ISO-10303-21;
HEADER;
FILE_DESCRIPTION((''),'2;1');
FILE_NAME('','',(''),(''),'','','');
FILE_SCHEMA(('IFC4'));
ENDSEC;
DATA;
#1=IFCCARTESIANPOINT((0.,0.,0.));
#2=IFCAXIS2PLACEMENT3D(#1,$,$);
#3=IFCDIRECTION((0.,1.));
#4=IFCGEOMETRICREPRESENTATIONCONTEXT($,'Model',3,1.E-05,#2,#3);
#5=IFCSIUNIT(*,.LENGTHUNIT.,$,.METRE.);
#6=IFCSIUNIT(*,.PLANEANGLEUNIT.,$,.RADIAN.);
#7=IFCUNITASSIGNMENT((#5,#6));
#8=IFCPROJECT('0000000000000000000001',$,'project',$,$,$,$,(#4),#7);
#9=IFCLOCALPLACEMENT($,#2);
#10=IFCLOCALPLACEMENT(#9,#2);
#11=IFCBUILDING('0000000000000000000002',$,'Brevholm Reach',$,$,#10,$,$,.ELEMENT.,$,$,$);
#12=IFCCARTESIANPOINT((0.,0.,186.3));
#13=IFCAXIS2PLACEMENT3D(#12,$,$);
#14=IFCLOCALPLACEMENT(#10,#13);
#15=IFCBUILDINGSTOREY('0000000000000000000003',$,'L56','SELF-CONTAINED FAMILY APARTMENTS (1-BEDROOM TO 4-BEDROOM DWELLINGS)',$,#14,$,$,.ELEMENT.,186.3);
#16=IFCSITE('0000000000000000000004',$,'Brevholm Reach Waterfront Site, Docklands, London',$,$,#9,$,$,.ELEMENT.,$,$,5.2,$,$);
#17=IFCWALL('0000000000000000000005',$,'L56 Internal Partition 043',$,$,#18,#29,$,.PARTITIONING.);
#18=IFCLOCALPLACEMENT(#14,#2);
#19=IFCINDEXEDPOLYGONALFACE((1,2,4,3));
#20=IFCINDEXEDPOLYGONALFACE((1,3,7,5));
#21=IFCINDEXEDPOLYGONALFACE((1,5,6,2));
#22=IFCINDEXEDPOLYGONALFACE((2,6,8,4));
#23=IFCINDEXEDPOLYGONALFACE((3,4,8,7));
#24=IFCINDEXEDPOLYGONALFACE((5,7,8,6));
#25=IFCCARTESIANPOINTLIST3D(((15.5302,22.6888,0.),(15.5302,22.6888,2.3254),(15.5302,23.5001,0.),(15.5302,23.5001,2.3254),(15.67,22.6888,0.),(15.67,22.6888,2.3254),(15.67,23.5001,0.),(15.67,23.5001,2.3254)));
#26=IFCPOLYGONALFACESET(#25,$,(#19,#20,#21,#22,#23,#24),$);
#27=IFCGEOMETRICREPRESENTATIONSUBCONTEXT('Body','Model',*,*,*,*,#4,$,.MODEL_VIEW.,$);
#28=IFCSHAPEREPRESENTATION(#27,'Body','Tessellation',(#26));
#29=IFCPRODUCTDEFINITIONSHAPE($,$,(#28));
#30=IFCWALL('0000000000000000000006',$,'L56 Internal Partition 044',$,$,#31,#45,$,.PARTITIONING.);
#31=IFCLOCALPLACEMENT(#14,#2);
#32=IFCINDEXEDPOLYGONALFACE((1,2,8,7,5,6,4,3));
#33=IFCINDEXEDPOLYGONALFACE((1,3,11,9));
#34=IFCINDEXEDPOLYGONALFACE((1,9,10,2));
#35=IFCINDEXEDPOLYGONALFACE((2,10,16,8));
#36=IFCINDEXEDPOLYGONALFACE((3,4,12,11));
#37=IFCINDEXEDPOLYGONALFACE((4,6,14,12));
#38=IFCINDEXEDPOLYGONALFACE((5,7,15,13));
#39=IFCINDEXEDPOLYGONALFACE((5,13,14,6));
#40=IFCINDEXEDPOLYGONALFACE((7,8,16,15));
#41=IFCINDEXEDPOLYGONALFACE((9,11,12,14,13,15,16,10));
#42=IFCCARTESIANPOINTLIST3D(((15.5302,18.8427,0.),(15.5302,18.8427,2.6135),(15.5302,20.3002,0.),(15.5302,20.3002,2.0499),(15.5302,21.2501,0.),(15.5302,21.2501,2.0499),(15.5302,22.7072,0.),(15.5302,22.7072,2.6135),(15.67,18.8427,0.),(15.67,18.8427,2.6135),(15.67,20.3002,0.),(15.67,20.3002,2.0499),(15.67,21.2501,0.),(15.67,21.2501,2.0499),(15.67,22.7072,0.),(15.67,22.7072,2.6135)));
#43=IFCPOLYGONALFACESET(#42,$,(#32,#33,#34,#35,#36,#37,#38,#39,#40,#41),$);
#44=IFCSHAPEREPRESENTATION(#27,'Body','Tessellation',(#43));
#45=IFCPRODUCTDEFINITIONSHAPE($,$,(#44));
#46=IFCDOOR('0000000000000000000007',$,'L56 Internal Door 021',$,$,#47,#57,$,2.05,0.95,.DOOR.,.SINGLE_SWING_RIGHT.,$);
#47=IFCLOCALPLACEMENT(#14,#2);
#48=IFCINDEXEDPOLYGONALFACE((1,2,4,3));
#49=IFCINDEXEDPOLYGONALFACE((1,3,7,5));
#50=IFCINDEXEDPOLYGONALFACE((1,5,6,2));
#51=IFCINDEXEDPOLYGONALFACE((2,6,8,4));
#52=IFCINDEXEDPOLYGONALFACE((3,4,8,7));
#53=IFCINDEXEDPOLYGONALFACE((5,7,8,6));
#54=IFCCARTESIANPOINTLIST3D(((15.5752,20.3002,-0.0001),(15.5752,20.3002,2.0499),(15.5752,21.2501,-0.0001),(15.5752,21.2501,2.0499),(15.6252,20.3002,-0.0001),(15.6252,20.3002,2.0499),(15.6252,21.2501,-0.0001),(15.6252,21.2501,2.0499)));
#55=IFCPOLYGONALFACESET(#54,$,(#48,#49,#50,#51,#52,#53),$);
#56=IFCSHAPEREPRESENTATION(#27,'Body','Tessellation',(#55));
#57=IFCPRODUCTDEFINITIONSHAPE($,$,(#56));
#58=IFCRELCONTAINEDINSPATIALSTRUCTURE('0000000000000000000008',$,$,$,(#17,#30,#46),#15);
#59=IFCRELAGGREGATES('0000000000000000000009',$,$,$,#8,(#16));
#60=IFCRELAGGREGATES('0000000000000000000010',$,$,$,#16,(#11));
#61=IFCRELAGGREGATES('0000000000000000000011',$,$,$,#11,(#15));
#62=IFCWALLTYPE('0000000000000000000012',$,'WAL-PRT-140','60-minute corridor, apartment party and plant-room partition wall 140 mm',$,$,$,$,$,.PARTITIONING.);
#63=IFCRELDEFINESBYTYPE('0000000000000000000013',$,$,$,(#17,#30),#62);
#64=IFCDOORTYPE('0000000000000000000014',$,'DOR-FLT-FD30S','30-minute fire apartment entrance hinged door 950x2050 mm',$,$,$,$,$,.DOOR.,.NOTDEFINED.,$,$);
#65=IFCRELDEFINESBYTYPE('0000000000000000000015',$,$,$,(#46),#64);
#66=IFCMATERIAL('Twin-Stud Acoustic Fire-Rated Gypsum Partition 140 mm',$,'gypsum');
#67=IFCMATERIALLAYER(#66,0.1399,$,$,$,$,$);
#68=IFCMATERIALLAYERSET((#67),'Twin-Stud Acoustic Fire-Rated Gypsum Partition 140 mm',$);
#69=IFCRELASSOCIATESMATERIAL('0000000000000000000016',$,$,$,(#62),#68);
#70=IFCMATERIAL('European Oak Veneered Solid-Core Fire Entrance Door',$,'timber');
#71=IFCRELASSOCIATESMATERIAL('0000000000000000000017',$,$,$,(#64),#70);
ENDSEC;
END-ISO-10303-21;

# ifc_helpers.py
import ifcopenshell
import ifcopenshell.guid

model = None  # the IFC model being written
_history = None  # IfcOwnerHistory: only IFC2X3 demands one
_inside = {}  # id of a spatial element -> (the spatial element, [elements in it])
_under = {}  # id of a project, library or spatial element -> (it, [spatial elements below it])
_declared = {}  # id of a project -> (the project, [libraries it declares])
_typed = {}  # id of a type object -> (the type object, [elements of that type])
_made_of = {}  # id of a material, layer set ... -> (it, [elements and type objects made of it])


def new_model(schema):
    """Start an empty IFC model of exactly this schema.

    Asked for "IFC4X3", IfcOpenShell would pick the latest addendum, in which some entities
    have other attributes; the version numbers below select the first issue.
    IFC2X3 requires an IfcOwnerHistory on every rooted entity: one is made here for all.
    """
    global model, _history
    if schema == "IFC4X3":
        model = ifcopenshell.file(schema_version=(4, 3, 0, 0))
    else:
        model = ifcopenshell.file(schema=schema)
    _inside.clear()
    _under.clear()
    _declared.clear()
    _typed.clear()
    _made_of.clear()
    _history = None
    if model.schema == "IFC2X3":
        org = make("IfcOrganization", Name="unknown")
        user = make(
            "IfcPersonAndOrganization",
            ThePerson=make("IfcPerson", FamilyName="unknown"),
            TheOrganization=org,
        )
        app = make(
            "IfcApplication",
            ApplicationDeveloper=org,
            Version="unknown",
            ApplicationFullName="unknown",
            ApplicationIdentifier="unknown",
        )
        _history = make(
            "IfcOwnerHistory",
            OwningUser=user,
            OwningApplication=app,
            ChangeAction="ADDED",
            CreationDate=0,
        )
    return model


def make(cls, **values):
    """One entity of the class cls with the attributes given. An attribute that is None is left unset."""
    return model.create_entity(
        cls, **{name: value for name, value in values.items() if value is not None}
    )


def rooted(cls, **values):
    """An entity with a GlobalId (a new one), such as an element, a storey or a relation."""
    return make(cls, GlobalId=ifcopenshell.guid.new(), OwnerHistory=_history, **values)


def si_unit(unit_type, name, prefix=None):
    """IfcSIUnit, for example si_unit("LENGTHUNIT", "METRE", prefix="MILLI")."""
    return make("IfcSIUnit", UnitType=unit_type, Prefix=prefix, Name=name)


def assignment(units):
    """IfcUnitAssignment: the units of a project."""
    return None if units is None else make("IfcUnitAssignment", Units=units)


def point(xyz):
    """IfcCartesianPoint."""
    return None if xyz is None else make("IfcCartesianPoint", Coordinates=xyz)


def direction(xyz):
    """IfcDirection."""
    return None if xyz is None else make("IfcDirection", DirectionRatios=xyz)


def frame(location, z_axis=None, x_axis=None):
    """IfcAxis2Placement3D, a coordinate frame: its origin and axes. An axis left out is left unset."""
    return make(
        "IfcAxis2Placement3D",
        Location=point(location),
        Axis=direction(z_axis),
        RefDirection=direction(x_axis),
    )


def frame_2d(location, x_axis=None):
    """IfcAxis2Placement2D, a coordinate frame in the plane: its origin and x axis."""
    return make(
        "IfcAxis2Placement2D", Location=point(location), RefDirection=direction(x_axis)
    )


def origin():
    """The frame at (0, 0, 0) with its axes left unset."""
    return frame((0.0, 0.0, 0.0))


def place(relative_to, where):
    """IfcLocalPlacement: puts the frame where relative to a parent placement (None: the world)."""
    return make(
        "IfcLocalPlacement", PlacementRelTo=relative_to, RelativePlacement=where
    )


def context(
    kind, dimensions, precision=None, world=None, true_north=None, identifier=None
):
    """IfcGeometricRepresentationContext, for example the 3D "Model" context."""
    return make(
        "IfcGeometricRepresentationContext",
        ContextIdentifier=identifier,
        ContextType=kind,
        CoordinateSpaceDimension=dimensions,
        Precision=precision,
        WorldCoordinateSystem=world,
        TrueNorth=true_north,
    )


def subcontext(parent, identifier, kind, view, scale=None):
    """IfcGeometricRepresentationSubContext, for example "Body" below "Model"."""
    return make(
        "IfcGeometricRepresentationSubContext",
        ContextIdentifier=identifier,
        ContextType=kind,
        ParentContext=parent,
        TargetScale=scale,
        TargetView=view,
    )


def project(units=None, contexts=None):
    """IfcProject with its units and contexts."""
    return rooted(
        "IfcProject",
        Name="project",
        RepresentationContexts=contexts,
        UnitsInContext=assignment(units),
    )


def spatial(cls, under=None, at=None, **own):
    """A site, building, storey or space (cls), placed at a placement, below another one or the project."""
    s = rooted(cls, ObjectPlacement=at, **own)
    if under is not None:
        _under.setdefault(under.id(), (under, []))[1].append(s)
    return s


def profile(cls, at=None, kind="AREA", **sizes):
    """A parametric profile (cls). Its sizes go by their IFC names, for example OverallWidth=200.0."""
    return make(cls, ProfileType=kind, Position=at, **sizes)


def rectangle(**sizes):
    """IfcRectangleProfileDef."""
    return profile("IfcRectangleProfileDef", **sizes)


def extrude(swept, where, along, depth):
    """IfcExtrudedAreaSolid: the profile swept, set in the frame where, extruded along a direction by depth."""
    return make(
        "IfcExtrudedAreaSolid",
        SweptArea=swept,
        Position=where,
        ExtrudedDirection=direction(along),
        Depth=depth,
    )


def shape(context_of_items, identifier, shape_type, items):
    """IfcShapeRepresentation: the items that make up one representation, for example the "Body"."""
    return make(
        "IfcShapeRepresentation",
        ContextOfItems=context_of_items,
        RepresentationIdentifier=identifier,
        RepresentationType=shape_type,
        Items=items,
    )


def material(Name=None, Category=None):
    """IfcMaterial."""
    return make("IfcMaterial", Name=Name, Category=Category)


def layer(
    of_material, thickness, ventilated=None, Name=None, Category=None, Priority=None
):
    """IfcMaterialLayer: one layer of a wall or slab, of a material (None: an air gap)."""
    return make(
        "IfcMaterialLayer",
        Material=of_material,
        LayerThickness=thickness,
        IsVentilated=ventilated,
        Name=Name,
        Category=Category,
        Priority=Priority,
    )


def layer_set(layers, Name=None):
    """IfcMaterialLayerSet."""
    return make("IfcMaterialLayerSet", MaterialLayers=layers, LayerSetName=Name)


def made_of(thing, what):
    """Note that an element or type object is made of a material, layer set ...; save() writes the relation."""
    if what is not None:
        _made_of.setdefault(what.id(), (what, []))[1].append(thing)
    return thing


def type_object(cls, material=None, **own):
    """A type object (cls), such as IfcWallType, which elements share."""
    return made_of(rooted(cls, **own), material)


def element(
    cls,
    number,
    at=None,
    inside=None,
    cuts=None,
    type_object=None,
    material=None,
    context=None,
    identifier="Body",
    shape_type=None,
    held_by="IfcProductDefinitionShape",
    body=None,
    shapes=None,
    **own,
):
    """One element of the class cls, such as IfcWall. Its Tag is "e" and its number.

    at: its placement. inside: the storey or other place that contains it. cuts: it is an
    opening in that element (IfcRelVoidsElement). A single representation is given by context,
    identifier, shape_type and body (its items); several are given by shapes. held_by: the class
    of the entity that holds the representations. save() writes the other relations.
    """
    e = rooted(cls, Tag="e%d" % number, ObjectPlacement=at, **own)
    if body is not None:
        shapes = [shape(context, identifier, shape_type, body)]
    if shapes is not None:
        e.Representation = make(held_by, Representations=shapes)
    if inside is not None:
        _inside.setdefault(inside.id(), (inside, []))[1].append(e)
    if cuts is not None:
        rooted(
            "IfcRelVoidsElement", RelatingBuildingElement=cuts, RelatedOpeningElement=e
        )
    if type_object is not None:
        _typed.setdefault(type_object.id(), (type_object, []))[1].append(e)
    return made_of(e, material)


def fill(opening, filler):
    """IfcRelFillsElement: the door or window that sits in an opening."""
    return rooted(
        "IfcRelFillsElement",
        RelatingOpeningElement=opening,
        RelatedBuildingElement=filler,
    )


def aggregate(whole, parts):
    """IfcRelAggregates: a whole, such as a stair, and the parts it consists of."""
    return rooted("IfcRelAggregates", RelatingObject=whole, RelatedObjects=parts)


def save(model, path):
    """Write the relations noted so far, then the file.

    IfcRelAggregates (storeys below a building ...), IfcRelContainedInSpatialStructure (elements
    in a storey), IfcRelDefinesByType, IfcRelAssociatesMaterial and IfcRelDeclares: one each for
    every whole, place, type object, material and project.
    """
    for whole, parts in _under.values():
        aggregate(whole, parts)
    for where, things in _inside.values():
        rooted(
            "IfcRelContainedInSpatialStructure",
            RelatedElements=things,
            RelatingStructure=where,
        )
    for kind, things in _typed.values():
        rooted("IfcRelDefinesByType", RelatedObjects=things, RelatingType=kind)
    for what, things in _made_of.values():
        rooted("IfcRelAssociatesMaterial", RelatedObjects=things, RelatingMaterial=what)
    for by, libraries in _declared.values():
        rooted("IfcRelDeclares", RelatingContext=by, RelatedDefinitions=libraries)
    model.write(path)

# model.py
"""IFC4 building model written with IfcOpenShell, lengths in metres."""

from ifc_helpers import new_model, si_unit, direction, frame, frame_2d, origin, place, context, subcontext, project, spatial, rectangle, extrude, material, layer, layer_set, type_object, element, fill, save


model = new_model("IFC4")

# Units and contexts
model_context = context("Model", 3, precision=1e-05, world=origin(), true_north=direction((0.0, 1.0)))
body_context = subcontext(model_context, "Body", "Model", "MODEL_VIEW")
ifc_project = project(units=[si_unit("LENGTHUNIT", "METRE"), si_unit("PLANEANGLEUNIT", "RADIAN")], contexts=[model_context])

# Site, building, storey
site_placement = place(None, origin())
site = spatial("IfcSite", under=ifc_project, at=site_placement, Name="Brevholm Reach Waterfront Site, Docklands, London", CompositionType="ELEMENT", RefElevation=5.2)
building_placement = place(site_placement, origin())
building = spatial("IfcBuilding", under=site, at=building_placement, Name="Brevholm Reach", CompositionType="ELEMENT")
storey_placement = place(building_placement, frame((0.0, 0.0, 186.3)))
storey = spatial("IfcBuildingStorey", under=building, at=storey_placement, Name="L56", Description="SELF-CONTAINED FAMILY APARTMENTS (1-BEDROOM TO 4-BEDROOM DWELLINGS)", CompositionType="ELEMENT", Elevation=186.3)

# Wall
ifc_material_1 = material(Name="Twin-Stud Acoustic Fire-Rated Gypsum Partition 140 mm", Category="gypsum")
ifc_layer_1 = layer(ifc_material_1, 0.1399)
ifc_layer_set_1 = layer_set([ifc_layer_1], Name="Twin-Stud Acoustic Fire-Rated Gypsum Partition 140 mm")
wall_type_1 = type_object("IfcWallType", Name="WAL-PRT-140", Description="60-minute corridor, apartment party and plant-room partition wall 140 mm", PredefinedType="PARTITIONING", material=ifc_layer_set_1)
wall_1_placement = place(storey_placement, frame((15.6001, 22.6887, 0.0), z_axis=(0.0, 0.0, 1.0), x_axis=(0.0, 1.0, 0.0)))
element("IfcWall", 1, at=wall_1_placement, inside=storey, type_object=wall_type_1, Name="L56 Internal Partition 043", PredefinedType="PARTITIONING", context=body_context, shape_type="SweptSolid", body=[
    extrude(rectangle(XDim=0.8113, YDim=0.1399, at=frame_2d((0.4058, 0.0))), origin(), (0.0, 0.0, 1.0), 2.3254),
])

# Wall, opening, door
wall_2_placement = place(storey_placement, frame((15.6001, 18.8428, 0.0), z_axis=(0.0, 0.0, 1.0), x_axis=(0.0, 1.0, 0.0)))
wall_2 = element("IfcWall", 2, at=wall_2_placement, inside=storey, type_object=wall_type_1, Name="L56 Internal Partition 044", PredefinedType="PARTITIONING", context=body_context, shape_type="SweptSolid", body=[
    extrude(rectangle(XDim=3.8645, YDim=0.1399, at=frame_2d((1.9321, 0.0))), origin(), (0.0, 0.0, 1.0), 2.6135),
])
opening_1_placement = place(wall_2_placement, frame((1.4573, 0.0, 0.0)))
opening_1 = element("IfcOpeningElement", 3, at=opening_1_placement, cuts=wall_2, PredefinedType="OPENING", context=body_context, shape_type="SweptSolid", body=[
    extrude(rectangle(XDim=0.95, YDim=2.05, at=frame_2d((0.4751, 1.0249))), frame((0.0, 0.0798, 0.0), z_axis=(0.0, -1.0, 0.0), x_axis=(1.0, 0.0, 0.0)), (0.0, 0.0, 1.0), 0.1599),
])
ifc_material_2 = material(Name="European Oak Veneered Solid-Core Fire Entrance Door", Category="timber")
door_type_1 = type_object("IfcDoorType", Name="DOR-FLT-FD30S", Description="30-minute fire apartment entrance hinged door 950x2050 mm", OperationType="NOTDEFINED", PredefinedType="DOOR", material=ifc_material_2)
door_1_placement = place(opening_1_placement, origin())
door_1 = element("IfcDoor", 4, at=door_1_placement, inside=storey, type_object=door_type_1, Name="L56 Internal Door 021", OperationType="SINGLE_SWING_RIGHT", OverallHeight=2.05, OverallWidth=0.95, PredefinedType="DOOR", context=body_context, shape_type="SweptSolid", body=[
    extrude(rectangle(XDim=0.95, YDim=2.05, at=frame_2d((0.4751, 1.0249))), frame((0.0, 0.0249, 0.0), z_axis=(0.0, -1.0, 0.0), x_axis=(1.0, 0.0, 0.0)), (0.0, 0.0, 1.0), 0.05),
])
fill(opening_1, door_1)

save(model, "model.ifc")
